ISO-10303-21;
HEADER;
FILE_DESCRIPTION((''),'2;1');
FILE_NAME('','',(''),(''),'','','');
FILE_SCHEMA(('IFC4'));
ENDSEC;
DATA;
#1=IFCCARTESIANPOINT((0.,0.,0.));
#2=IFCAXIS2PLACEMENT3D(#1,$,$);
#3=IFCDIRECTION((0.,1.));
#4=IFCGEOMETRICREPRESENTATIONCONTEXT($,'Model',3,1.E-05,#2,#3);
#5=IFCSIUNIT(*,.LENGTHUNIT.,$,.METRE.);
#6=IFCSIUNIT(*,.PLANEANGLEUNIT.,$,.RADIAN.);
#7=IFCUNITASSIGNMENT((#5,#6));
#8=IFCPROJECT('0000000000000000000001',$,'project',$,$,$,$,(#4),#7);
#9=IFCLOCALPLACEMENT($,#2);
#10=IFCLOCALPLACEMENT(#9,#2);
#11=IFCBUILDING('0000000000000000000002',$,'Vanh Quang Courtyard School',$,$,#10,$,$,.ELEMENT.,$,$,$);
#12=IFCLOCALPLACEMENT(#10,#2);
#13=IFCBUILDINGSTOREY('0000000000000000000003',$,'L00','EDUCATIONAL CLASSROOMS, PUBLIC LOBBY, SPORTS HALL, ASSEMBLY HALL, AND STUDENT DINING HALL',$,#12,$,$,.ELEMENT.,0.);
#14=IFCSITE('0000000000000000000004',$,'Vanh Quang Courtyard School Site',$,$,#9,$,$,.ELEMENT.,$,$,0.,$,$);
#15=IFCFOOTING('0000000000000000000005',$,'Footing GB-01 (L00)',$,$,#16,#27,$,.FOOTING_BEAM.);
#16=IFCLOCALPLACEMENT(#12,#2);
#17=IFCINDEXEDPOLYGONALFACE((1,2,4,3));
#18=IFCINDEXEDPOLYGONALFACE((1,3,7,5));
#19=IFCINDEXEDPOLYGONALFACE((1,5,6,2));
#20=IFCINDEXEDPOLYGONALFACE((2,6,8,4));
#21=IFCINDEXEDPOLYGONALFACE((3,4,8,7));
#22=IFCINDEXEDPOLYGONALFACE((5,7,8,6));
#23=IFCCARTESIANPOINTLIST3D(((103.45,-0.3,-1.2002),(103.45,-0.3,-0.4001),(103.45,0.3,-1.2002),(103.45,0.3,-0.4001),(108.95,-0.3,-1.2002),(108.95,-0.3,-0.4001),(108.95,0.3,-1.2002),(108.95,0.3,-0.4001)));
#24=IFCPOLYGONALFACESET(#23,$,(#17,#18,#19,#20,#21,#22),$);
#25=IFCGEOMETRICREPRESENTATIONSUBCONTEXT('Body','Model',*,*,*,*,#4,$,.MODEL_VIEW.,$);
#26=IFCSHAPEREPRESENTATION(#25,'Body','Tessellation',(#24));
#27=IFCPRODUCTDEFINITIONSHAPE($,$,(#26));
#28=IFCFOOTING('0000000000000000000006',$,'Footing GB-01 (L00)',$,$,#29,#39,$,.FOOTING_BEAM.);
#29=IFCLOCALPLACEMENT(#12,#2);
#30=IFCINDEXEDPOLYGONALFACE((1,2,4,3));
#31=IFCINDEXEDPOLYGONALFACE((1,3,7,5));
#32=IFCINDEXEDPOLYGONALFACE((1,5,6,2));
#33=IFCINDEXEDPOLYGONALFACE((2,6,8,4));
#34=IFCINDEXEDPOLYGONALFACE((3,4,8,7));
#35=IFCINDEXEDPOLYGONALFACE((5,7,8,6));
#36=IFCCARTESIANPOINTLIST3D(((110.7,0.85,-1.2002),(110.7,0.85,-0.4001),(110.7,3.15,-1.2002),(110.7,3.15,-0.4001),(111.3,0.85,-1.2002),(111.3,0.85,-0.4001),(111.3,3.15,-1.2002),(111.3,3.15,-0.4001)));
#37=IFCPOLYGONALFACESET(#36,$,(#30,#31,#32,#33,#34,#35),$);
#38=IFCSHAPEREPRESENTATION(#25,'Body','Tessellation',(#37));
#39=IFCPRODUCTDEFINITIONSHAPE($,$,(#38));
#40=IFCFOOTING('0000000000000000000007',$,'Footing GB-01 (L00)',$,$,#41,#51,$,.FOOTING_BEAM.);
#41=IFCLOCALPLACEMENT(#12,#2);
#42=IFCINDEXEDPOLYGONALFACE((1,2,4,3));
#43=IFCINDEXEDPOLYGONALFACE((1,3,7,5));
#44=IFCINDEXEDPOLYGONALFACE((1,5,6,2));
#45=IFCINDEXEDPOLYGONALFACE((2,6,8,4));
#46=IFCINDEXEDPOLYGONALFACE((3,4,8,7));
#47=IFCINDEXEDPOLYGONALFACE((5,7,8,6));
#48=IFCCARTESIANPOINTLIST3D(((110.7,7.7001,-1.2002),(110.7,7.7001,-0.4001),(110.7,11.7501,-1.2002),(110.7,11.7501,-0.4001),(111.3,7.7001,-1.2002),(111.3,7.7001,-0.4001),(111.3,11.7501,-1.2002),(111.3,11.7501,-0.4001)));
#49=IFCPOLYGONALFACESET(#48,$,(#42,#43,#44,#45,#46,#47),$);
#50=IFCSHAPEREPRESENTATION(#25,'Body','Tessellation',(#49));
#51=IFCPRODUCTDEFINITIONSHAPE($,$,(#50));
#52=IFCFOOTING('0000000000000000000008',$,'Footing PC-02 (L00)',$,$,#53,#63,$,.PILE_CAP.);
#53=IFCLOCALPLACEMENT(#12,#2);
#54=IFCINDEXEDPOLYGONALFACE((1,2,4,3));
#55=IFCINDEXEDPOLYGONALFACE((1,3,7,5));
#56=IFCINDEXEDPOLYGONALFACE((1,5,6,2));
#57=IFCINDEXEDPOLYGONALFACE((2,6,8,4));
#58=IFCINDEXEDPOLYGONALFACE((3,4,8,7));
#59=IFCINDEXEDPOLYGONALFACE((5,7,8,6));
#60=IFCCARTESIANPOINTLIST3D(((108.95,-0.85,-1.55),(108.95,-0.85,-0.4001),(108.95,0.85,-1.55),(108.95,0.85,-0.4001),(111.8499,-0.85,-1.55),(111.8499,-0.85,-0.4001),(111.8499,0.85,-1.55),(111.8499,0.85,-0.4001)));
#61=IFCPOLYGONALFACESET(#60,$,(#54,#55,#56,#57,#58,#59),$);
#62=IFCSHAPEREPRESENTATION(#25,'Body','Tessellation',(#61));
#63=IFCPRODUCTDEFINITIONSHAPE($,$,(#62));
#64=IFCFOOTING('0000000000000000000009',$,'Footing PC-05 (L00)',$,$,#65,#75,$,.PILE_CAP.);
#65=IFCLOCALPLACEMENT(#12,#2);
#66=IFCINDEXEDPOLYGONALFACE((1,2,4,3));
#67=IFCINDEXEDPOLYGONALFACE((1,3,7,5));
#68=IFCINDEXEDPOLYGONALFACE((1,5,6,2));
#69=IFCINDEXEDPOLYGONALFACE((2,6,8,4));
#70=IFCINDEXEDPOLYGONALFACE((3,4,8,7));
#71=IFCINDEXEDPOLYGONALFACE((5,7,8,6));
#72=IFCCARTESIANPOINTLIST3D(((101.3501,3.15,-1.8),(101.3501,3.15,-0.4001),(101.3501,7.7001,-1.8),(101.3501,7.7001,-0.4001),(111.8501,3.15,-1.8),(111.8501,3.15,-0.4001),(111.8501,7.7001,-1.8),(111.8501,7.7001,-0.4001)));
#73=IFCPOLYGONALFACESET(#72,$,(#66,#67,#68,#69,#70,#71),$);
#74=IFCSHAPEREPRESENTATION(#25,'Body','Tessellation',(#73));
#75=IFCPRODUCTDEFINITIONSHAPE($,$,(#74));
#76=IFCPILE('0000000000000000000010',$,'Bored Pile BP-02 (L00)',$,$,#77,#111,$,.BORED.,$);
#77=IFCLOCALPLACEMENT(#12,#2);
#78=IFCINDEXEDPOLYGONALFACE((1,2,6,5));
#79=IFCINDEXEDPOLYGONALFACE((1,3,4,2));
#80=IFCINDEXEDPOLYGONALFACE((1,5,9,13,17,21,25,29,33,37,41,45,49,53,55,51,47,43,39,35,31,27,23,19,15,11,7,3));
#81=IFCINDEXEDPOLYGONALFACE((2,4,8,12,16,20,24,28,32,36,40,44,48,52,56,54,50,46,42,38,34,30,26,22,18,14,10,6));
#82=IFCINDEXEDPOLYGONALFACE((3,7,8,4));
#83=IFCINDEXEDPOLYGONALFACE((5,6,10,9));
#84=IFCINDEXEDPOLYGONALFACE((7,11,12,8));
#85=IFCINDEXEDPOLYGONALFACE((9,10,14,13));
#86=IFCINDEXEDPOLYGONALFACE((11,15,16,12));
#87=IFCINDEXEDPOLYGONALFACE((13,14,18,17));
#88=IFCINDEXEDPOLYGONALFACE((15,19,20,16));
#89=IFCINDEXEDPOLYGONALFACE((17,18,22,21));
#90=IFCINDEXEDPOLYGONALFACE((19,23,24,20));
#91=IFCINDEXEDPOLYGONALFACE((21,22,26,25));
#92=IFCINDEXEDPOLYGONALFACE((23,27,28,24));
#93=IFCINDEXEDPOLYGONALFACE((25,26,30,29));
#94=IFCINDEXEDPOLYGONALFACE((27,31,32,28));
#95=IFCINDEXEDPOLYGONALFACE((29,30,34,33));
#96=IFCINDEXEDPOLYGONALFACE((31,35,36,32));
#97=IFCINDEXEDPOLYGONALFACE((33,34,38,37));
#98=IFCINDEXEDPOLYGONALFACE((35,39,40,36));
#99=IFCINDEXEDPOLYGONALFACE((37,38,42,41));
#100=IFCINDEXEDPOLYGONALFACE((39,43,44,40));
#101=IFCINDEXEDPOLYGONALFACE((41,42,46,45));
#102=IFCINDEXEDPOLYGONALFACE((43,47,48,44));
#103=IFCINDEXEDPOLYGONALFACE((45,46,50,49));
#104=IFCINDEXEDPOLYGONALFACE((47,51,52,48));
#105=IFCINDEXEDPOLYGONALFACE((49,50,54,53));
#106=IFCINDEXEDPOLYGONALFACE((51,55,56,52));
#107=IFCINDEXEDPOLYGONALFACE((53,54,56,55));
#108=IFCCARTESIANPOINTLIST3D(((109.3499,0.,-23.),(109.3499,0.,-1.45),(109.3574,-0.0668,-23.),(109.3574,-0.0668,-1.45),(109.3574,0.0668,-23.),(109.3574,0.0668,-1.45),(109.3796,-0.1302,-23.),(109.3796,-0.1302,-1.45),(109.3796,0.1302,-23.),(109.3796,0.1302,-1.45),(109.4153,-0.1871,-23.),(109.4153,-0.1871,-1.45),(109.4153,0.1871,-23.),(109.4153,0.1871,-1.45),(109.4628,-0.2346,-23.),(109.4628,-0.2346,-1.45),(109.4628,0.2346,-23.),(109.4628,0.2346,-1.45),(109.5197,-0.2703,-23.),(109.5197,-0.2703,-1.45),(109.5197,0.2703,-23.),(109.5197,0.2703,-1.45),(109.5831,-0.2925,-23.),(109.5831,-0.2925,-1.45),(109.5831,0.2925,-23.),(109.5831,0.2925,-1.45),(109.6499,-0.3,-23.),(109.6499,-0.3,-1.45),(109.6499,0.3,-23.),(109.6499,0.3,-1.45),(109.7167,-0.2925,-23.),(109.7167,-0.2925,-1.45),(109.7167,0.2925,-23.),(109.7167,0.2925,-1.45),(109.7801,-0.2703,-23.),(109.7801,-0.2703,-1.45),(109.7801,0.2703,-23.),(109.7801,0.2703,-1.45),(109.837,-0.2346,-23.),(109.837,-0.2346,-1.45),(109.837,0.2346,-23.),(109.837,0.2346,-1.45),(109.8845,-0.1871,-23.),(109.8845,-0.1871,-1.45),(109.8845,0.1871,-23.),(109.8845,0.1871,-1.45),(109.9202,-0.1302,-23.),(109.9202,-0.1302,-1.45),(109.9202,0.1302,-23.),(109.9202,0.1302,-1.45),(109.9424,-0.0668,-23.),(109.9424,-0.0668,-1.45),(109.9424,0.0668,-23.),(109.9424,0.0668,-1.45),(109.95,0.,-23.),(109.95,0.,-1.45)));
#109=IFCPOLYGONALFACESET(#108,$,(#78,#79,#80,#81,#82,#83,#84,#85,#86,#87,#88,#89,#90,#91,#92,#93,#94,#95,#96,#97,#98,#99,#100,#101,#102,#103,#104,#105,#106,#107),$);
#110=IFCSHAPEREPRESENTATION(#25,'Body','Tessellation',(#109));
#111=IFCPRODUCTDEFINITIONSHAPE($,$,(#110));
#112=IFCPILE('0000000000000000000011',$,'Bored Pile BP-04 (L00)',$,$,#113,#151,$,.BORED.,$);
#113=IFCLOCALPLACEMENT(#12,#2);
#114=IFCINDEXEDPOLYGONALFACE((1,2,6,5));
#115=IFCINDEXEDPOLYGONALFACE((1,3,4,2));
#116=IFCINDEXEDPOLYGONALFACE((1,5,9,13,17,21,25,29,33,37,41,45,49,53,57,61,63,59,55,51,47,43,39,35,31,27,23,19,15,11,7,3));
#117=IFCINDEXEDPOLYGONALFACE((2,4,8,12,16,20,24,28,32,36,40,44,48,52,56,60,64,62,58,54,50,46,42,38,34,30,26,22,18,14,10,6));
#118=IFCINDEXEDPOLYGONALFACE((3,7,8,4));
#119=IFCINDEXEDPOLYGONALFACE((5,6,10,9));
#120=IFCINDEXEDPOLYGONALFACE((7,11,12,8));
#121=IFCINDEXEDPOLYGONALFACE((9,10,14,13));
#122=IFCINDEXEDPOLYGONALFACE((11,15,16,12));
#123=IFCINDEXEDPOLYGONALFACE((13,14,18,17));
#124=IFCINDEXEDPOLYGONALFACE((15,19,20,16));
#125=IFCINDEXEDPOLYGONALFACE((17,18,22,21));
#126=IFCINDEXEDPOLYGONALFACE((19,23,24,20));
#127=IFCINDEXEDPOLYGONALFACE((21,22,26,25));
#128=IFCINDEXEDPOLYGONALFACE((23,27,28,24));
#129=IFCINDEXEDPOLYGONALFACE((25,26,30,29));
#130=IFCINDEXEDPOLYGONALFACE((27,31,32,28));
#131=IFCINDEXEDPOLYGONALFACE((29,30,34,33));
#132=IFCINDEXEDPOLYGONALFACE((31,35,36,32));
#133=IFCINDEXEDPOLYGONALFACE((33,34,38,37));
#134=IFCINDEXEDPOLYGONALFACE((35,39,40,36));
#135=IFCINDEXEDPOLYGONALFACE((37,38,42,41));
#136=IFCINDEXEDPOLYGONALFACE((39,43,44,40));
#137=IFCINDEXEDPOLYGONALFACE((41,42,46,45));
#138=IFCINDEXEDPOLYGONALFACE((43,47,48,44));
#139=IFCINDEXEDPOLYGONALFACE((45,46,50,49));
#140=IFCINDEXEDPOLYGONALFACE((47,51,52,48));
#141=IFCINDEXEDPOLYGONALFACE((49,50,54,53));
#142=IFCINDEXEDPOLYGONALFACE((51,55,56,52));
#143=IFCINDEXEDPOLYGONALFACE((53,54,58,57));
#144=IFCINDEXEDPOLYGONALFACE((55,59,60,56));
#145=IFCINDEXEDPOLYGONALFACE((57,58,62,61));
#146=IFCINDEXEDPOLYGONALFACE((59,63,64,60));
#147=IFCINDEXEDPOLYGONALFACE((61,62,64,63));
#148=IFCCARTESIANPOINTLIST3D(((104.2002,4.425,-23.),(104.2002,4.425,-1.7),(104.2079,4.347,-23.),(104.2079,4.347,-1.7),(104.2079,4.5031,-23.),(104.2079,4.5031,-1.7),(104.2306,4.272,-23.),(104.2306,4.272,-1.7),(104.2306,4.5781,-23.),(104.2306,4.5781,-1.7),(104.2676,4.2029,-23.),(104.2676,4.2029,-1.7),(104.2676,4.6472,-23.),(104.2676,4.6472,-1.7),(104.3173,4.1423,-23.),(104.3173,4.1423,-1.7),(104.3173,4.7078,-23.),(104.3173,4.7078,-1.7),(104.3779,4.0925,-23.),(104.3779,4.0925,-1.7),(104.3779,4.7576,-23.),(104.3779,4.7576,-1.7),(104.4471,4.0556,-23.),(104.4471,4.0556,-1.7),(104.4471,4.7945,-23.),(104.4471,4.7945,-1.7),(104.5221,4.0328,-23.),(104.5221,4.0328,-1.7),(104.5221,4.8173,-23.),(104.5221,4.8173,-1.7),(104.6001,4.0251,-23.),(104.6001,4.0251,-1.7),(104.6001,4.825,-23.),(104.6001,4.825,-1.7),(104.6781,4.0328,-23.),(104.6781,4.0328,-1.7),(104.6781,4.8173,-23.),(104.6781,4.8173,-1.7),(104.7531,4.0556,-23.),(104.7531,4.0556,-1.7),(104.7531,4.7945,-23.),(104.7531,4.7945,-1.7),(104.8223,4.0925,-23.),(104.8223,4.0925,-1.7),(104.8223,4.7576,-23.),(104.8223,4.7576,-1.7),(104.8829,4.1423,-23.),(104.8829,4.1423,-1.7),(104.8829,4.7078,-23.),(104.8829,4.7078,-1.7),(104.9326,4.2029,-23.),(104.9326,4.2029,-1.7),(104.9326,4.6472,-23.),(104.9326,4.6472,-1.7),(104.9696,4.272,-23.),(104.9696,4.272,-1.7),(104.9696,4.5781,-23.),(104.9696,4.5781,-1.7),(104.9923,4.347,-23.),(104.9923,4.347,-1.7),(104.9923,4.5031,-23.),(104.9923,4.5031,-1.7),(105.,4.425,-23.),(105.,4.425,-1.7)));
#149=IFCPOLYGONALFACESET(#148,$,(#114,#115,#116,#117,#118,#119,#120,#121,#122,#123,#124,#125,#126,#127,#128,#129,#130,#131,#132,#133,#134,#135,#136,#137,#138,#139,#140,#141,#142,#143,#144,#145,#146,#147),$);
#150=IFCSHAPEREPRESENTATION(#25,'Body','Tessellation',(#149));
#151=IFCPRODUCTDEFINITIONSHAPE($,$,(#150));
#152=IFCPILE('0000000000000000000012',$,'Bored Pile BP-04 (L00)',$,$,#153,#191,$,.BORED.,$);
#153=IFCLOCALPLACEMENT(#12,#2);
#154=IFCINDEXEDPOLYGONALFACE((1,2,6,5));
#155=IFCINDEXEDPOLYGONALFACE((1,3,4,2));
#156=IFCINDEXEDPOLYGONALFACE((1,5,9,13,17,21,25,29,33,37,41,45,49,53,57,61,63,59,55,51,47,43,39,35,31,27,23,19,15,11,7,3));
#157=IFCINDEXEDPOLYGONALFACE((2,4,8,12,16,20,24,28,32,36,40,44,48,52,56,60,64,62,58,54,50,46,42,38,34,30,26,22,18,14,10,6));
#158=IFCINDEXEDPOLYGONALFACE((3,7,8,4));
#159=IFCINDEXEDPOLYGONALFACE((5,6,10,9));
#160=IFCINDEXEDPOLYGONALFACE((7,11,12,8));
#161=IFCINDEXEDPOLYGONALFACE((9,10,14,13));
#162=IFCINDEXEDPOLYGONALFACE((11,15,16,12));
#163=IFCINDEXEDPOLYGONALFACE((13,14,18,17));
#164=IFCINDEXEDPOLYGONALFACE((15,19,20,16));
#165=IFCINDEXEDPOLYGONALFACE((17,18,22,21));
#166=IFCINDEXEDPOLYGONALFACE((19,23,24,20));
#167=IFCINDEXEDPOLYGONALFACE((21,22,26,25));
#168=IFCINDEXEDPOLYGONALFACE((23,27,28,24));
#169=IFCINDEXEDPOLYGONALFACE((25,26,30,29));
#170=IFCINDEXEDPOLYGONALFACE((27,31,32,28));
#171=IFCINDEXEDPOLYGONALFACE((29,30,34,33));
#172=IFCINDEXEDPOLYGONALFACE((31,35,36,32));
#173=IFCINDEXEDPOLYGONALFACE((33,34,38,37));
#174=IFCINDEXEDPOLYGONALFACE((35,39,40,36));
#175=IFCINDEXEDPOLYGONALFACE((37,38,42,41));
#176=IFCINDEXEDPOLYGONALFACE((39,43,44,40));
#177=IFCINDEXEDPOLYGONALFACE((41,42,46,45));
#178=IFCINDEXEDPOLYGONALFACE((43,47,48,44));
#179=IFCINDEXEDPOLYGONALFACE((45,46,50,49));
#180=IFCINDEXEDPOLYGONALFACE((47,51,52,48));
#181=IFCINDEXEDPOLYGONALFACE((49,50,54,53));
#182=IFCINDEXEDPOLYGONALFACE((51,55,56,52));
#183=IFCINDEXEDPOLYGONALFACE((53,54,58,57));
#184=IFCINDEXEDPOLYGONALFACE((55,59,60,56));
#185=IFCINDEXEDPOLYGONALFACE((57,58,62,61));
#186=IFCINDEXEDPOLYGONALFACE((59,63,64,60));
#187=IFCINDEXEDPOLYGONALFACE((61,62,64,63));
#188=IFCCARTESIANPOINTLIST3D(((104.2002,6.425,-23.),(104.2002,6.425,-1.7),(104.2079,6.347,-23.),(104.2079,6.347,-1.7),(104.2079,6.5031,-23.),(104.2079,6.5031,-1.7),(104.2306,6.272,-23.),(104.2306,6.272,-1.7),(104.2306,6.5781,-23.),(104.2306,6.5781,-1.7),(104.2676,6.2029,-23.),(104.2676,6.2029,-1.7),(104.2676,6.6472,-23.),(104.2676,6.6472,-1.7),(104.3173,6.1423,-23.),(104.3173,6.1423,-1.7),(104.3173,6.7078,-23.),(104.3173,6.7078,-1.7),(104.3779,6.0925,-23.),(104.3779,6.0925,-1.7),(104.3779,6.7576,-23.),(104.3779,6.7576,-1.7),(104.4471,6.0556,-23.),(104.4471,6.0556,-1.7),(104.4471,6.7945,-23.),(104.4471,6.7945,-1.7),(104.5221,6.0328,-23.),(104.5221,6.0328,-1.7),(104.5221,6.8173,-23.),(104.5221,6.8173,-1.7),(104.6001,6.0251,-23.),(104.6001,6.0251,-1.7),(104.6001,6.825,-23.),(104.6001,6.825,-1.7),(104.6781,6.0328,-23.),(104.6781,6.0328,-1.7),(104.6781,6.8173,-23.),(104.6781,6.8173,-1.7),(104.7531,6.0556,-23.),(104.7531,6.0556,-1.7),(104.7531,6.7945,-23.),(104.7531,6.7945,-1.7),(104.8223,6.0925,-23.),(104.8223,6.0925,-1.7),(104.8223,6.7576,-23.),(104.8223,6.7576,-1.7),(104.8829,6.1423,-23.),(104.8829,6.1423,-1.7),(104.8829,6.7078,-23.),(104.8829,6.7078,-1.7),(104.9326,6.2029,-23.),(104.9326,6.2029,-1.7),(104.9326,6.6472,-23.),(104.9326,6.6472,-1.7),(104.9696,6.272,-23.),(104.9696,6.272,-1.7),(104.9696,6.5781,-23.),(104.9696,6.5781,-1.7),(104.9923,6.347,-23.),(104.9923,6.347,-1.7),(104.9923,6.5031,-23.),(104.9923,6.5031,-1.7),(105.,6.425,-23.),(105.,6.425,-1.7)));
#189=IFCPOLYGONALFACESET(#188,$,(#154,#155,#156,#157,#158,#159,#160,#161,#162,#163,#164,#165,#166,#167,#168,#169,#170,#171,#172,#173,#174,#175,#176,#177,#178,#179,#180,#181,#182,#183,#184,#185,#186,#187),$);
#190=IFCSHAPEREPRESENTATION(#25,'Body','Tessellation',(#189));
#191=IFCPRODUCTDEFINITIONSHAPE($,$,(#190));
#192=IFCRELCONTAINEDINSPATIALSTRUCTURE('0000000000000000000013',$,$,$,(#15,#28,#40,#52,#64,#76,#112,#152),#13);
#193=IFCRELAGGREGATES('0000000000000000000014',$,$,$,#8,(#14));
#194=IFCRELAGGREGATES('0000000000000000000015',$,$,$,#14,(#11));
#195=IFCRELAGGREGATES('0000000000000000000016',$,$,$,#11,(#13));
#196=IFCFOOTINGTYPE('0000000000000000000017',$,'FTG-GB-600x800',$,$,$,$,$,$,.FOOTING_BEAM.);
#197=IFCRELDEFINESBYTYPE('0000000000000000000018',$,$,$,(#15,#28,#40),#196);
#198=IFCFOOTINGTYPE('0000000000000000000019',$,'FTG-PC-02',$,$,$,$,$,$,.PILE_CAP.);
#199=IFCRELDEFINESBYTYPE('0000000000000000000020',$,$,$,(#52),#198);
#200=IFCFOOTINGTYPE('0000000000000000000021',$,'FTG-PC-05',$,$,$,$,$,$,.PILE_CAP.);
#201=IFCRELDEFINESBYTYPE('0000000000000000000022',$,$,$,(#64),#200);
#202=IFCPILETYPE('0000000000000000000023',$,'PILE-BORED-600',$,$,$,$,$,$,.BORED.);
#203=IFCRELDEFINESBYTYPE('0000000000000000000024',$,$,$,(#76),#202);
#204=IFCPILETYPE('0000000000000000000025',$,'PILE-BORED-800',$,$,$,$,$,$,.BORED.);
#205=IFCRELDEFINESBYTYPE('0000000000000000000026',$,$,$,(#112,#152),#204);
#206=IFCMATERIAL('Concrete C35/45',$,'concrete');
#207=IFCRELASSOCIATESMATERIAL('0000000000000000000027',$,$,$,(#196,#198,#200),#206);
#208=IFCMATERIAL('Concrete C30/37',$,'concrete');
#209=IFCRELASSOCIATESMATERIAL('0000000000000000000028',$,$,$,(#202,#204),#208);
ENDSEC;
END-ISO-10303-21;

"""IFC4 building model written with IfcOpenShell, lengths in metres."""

from ifc_helpers import new_model, si_unit, direction, frame, origin, origin_2d, place, context, subcontext, project, spatial, rectangle, circle, extrude, material, material_profile, profile_set, type_object, element, save


model = new_model("IFC4")

# Units and contexts
model_context = context("Model", 3, precision=1e-05, world=origin(), true_north=direction((0.0, 1.0)))
body_context = subcontext(model_context, "Body", "Model", "MODEL_VIEW")
ifc_project = project(units=[si_unit("LENGTHUNIT", "METRE"), si_unit("PLANEANGLEUNIT", "RADIAN")], contexts=[model_context])

# Site, building, storey
site_placement = place(None, origin())
site = spatial("IfcSite", under=ifc_project, at=site_placement, Name="Vanh Quang Courtyard School Site", CompositionType="ELEMENT", RefElevation=0.0)
building_placement = place(site_placement, origin())
building = spatial("IfcBuilding", under=site, at=building_placement, Name="Vanh Quang Courtyard School", CompositionType="ELEMENT")
storey_placement = place(building_placement, origin())
storey = spatial("IfcBuildingStorey", under=building, at=storey_placement, Name="L00", Description="EDUCATIONAL CLASSROOMS, PUBLIC LOBBY, SPORTS HALL, ASSEMBLY HALL, AND STUDENT DINING HALL", CompositionType="ELEMENT", Elevation=0.0)

# Footings
ifc_material_1 = material(Name="Concrete C35/45", Category="concrete")
footing_type_1 = type_object("IfcFootingType", Name="FTG-GB-600x800", PredefinedType="FOOTING_BEAM", material=ifc_material_1)
footing_1_placement = place(storey_placement, frame((106.2, 0.0, -1.2002), z_axis=(0.0, 0.0, 1.0), x_axis=(1.0, 0.0, 0.0)))
element("IfcFooting", 1, at=footing_1_placement, inside=storey, type_object=footing_type_1, Name="Footing GB-01 (L00)", PredefinedType="FOOTING_BEAM", context=body_context, shape_type="SweptSolid", body=[
    extrude(rectangle(XDim=5.5, YDim=0.6001, at=origin_2d()), origin(), (0.0, 0.0, 1.0), 0.8),
])
footing_2_placement = place(storey_placement, frame((111.0, 2.0, -1.2002), z_axis=(0.0, 0.0, 1.0), x_axis=(0.0, 1.0, 0.0)))
element("IfcFooting", 2, at=footing_2_placement, inside=storey, type_object=footing_type_1, Name="Footing GB-01 (L00)", PredefinedType="FOOTING_BEAM", context=body_context, shape_type="SweptSolid", body=[
    extrude(rectangle(XDim=2.3, YDim=0.6001, at=origin_2d()), origin(), (0.0, 0.0, 1.0), 0.8),
])
footing_3_placement = place(storey_placement, frame((111.0, 9.7251, -1.2002), z_axis=(0.0, 0.0, 1.0), x_axis=(0.0, 1.0, 0.0)))
element("IfcFooting", 3, at=footing_3_placement, inside=storey, type_object=footing_type_1, Name="Footing GB-01 (L00)", PredefinedType="FOOTING_BEAM", context=body_context, shape_type="SweptSolid", body=[
    extrude(rectangle(XDim=4.05, YDim=0.6001, at=origin_2d()), origin(), (0.0, 0.0, 1.0), 0.8),
])
footing_type_2 = type_object("IfcFootingType", Name="FTG-PC-02", PredefinedType="PILE_CAP", material=ifc_material_1)
footing_4_placement = place(storey_placement, frame((110.3999, 0.0, -1.55), z_axis=(0.0, 0.0, 1.0), x_axis=(1.0, 0.0, 0.0)))
element("IfcFooting", 4, at=footing_4_placement, inside=storey, type_object=footing_type_2, Name="Footing PC-02 (L00)", PredefinedType="PILE_CAP", context=body_context, shape_type="SweptSolid", body=[
    extrude(rectangle(XDim=2.8999, YDim=1.7, at=origin_2d()), origin(), (0.0, 0.0, 1.0), 1.1499),
])
footing_type_3 = type_object("IfcFootingType", Name="FTG-PC-05", PredefinedType="PILE_CAP", material=ifc_material_1)
footing_5_placement = place(storey_placement, frame((106.6001, 5.425, -1.8), z_axis=(0.0, 0.0, 1.0), x_axis=(1.0, 0.0, 0.0)))
element("IfcFooting", 5, at=footing_5_placement, inside=storey, type_object=footing_type_3, Name="Footing PC-05 (L00)", PredefinedType="PILE_CAP", context=body_context, shape_type="SweptSolid", body=[
    extrude(rectangle(XDim=10.5, YDim=4.55, at=origin_2d()), origin(), (0.0, 0.0, 1.0), 1.3999),
])

# Piles
ifc_material_2 = material(Name="Concrete C30/37", Category="concrete")
ifc_material_profile_1 = material_profile(ifc_material_2, circle(Radius=0.3, at=origin_2d()), Name="PILE D600")
ifc_profile_set_1 = profile_set([ifc_material_profile_1], Name="Concrete C30/37")
pile_type_1 = type_object("IfcPileType", Name="PILE-BORED-600", PredefinedType="BORED", material=ifc_profile_set_1)
pile_placement = place(storey_placement, frame((109.6499, 0.0, -1.45), z_axis=(0.0, 0.0, -1.0), x_axis=(1.0, 0.0, 0.0)))
element("IfcPile", 6, at=pile_placement, inside=storey, type_object=pile_type_1, Name="Bored Pile BP-02 (L00)", PredefinedType="BORED", context=body_context, shape_type="SweptSolid", body=[
    extrude(circle(Radius=0.3, at=origin_2d()), origin(), (0.0, 0.0, 1.0), 21.55),
])
ifc_material_profile_2 = material_profile(ifc_material_2, circle(Radius=0.3999, at=origin_2d()), Name="PILE D800")
ifc_profile_set_2 = profile_set([ifc_material_profile_2], Name="Concrete C30/37")
pile_type_2 = type_object("IfcPileType", Name="PILE-BORED-800", PredefinedType="BORED", material=ifc_profile_set_2)
for number, where, z_axis, x_axis, name in (
    (7, (104.6001, 4.425, -1.7), (0.0, 0.0, -1.0), (1.0, 0.0, 0.0), "Bored Pile BP-04 (L00)"),
    (8, (104.6001, 6.425, -1.7), (0.0, 0.0, -1.0), (1.0, 0.0, 0.0), "Bored Pile BP-04 (L00)"),
):
    element("IfcPile", number, at=place(storey_placement, frame(where, z_axis=z_axis, x_axis=x_axis)), inside=storey, type_object=pile_type_2, Name=name, PredefinedType="BORED", context=body_context, shape_type="SweptSolid", body=[
        extrude(circle(Radius=0.3999, at=origin_2d()), origin(), (0.0, 0.0, 1.0), 21.3),
    ])

save(model, "model.ifc")
